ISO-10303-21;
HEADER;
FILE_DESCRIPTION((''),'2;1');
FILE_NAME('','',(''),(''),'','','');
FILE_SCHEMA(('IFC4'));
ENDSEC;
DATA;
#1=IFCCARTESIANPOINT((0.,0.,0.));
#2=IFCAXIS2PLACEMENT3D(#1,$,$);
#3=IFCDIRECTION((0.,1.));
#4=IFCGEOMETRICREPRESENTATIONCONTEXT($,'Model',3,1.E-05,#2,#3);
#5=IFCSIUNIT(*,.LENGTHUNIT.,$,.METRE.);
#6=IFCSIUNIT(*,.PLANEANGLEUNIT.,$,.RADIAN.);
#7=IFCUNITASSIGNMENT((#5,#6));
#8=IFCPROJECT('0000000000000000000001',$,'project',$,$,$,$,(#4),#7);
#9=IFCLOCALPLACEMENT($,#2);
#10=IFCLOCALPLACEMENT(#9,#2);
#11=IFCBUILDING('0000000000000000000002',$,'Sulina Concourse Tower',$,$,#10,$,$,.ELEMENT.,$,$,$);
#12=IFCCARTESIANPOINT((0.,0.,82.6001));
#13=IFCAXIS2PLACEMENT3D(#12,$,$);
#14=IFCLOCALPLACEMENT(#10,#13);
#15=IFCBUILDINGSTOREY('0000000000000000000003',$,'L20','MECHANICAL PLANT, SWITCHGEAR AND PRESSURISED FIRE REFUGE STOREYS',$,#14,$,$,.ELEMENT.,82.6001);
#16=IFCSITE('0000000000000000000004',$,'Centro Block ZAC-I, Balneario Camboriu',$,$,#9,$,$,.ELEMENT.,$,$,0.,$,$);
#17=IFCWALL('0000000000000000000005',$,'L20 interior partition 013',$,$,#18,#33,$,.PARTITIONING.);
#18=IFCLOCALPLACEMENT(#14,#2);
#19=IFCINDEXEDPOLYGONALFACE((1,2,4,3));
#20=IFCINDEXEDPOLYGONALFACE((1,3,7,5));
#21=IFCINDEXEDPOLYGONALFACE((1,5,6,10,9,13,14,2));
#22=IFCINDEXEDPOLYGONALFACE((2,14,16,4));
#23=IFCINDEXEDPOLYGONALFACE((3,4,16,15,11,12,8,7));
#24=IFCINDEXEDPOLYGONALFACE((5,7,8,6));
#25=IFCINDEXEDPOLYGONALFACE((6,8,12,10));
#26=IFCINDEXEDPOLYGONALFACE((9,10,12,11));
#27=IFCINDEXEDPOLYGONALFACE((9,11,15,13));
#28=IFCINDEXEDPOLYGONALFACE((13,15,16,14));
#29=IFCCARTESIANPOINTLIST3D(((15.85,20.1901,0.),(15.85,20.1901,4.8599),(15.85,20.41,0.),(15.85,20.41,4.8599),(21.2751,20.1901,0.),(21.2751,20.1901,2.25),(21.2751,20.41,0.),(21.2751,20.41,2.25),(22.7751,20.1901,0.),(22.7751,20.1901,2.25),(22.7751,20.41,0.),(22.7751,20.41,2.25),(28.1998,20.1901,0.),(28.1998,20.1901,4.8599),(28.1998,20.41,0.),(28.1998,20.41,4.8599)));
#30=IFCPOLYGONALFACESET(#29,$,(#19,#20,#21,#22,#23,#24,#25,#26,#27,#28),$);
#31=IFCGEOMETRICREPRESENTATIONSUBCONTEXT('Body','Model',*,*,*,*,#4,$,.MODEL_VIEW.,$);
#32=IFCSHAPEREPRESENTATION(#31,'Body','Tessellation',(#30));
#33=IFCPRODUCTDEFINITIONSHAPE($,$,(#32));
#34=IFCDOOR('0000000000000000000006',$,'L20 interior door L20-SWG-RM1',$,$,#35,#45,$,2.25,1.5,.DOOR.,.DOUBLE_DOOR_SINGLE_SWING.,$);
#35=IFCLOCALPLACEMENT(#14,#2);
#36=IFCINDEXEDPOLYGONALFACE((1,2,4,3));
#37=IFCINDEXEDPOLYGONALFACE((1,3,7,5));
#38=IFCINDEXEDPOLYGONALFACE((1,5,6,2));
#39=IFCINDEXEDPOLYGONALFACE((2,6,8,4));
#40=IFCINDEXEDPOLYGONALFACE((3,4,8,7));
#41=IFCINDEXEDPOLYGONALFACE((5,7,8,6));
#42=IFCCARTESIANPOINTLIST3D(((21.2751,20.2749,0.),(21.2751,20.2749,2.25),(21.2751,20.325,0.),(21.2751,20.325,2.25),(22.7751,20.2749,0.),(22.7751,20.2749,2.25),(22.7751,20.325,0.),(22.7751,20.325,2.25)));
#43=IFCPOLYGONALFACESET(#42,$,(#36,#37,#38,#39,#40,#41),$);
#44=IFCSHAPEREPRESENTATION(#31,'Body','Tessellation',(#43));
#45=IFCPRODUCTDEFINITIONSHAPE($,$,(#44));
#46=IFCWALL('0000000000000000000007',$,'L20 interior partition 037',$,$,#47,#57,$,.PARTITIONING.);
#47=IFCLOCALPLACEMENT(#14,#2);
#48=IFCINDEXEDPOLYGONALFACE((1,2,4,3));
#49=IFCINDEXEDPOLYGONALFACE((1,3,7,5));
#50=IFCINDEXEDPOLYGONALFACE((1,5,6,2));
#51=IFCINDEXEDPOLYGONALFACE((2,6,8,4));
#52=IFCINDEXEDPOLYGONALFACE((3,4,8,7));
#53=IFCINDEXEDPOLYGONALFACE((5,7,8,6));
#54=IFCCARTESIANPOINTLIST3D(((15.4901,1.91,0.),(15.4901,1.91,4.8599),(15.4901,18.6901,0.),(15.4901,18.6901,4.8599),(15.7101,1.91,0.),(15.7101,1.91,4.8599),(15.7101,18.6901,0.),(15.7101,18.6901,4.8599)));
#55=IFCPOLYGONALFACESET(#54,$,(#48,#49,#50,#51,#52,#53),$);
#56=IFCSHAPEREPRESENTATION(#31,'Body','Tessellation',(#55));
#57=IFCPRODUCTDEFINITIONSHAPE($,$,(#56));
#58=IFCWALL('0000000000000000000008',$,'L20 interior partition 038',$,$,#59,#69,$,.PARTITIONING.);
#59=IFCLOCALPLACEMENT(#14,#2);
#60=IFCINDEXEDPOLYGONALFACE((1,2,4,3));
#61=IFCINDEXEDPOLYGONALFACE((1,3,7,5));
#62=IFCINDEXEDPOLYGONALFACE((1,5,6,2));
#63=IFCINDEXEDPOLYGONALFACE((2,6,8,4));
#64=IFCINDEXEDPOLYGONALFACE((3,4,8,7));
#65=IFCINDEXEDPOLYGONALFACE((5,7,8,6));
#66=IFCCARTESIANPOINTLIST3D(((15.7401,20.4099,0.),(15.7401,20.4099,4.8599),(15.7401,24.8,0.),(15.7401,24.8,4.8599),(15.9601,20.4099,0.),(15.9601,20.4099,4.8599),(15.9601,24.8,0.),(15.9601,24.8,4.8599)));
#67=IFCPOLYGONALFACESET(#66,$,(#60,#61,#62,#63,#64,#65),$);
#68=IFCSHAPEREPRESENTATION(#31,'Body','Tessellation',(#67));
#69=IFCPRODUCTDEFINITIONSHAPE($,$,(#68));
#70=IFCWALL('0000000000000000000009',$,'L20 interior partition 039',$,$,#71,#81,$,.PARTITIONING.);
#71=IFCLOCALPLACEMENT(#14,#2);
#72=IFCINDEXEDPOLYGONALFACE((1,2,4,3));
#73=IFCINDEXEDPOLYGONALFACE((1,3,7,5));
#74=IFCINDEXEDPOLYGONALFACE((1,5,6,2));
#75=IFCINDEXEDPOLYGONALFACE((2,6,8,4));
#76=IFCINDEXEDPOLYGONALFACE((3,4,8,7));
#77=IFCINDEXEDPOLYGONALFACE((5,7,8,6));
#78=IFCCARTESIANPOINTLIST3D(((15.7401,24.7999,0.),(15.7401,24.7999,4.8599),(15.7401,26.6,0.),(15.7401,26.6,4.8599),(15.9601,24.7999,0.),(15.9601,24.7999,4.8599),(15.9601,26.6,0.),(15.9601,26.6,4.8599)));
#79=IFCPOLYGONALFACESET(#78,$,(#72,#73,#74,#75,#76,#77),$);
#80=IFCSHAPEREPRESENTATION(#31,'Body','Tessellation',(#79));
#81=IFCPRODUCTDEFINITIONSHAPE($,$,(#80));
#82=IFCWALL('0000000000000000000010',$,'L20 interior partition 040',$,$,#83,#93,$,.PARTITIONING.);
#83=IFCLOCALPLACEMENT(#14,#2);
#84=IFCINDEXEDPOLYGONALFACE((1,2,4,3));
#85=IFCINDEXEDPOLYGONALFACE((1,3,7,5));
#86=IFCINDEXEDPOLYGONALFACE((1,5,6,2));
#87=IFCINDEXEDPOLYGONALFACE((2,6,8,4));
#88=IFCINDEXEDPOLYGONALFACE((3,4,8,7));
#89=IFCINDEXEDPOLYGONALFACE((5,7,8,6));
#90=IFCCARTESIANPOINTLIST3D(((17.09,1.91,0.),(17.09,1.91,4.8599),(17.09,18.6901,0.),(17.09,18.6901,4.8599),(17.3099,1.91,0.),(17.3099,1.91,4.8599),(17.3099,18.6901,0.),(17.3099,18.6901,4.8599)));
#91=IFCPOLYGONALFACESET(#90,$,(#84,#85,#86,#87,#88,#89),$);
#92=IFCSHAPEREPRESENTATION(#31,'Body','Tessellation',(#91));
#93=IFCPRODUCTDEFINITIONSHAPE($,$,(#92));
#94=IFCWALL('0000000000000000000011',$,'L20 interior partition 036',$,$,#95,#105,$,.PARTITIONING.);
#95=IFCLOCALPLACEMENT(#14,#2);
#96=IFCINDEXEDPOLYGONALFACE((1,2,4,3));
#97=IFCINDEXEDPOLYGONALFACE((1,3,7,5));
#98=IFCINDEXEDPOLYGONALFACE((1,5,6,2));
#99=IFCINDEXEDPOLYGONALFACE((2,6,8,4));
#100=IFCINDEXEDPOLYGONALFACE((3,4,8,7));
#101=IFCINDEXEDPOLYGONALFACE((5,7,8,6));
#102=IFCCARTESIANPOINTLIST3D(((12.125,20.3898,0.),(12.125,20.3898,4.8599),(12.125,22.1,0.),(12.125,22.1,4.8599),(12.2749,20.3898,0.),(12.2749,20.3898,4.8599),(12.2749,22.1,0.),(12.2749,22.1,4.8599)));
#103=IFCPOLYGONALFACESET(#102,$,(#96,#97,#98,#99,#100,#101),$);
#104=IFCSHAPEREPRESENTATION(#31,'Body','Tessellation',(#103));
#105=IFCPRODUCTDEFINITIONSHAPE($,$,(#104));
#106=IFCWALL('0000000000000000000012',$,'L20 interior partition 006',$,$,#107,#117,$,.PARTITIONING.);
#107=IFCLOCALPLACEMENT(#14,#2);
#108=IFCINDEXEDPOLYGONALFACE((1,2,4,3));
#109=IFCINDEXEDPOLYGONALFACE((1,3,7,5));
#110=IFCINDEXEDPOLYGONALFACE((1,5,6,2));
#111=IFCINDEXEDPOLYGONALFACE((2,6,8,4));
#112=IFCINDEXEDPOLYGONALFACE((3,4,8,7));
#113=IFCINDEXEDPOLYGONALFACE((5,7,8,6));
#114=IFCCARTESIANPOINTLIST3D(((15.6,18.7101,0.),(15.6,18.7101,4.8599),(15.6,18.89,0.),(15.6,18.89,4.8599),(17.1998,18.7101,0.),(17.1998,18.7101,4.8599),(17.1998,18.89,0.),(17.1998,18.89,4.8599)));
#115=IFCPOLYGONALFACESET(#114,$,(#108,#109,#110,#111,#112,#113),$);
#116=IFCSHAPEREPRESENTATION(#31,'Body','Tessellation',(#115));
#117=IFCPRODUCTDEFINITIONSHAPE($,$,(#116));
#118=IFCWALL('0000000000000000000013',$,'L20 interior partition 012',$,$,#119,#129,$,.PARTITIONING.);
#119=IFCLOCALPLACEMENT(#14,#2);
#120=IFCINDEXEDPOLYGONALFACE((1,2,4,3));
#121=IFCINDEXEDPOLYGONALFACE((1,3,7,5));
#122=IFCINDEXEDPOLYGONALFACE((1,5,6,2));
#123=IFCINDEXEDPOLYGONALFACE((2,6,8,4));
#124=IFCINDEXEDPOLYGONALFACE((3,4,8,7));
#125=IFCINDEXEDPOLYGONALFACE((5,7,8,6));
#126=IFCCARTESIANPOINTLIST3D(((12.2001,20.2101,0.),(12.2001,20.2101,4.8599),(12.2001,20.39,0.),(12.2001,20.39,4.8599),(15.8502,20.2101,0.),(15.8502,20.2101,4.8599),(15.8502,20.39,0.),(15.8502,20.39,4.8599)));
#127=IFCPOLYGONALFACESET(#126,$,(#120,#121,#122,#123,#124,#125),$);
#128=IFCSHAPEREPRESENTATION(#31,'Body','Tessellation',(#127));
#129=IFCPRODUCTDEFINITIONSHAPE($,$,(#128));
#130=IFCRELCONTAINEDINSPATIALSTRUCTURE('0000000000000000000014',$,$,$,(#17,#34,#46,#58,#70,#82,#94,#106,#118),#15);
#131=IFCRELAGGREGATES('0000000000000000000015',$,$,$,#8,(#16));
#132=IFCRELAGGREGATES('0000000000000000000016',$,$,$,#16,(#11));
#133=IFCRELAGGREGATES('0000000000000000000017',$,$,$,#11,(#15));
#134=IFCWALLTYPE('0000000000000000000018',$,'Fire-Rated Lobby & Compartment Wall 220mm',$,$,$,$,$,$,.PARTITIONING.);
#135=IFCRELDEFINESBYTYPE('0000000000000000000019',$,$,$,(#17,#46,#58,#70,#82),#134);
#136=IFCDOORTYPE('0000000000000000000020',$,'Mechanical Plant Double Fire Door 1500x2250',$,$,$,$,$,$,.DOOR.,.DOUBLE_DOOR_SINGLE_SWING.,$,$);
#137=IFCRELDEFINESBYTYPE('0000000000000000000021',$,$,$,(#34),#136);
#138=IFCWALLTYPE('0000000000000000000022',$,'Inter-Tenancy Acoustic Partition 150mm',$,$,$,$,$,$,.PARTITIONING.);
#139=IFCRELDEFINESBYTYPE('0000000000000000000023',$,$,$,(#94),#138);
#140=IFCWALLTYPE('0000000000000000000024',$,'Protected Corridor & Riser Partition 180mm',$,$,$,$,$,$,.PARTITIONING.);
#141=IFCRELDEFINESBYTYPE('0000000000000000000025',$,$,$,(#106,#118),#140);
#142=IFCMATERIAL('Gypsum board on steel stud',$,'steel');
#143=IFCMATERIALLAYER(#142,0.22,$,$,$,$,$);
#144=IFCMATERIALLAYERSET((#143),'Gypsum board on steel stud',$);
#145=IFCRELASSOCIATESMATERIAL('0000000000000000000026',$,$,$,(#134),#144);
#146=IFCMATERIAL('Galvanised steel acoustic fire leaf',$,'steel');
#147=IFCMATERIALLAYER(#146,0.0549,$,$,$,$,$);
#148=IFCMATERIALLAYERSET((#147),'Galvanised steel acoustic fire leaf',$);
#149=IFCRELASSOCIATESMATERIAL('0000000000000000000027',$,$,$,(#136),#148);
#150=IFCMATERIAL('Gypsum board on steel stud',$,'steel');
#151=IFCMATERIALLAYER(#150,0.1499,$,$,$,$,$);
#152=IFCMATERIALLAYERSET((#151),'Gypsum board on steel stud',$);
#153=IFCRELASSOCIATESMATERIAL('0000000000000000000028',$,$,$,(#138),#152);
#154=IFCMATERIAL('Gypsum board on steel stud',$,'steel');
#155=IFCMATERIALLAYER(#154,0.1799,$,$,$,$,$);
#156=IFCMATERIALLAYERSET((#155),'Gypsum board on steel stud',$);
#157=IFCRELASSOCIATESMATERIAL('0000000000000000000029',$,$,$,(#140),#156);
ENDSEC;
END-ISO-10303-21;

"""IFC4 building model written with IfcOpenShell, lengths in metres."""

from ifc_helpers import new_model, si_unit, direction, frame, frame_2d, origin, place, context, subcontext, project, spatial, rectangle, extrude, material, layer, layer_set, type_object, element, fill, save


model = new_model("IFC4")

# Units and contexts
model_context = context("Model", 3, precision=1e-05, world=origin(), true_north=direction((0.0, 1.0)))
body_context = subcontext(model_context, "Body", "Model", "MODEL_VIEW")
ifc_project = project(units=[si_unit("LENGTHUNIT", "METRE"), si_unit("PLANEANGLEUNIT", "RADIAN")], contexts=[model_context])

# Site, building, storey
site_placement = place(None, origin())
site = spatial("IfcSite", under=ifc_project, at=site_placement, Name="Centro Block ZAC-I, Balneario Camboriu", CompositionType="ELEMENT", RefElevation=0.0)
building_placement = place(site_placement, origin())
building = spatial("IfcBuilding", under=site, at=building_placement, Name="Sulina Concourse Tower", CompositionType="ELEMENT")
storey_placement = place(building_placement, frame((0.0, 0.0, 82.6001)))
storey = spatial("IfcBuildingStorey", under=building, at=storey_placement, Name="L20", Description="MECHANICAL PLANT, SWITCHGEAR AND PRESSURISED FIRE REFUGE STOREYS", CompositionType="ELEMENT", Elevation=82.6001)

# Shared definitions
ifc_material_1 = material(Name="Gypsum board on steel stud", Category="steel")
ifc_layer_1 = layer(ifc_material_1, 0.22)
ifc_layer_set_1 = layer_set([ifc_layer_1], Name="Gypsum board on steel stud")
wall_type_1 = type_object("IfcWallType", Name="Fire-Rated Lobby & Compartment Wall 220mm", PredefinedType="PARTITIONING", material=ifc_layer_set_1)

# Wall, opening, door
ifc_material_2 = material(Name="Galvanised steel acoustic fire leaf", Category="steel")
ifc_layer_2 = layer(ifc_material_2, 0.0549)
ifc_layer_set_2 = layer_set([ifc_layer_2], Name="Galvanised steel acoustic fire leaf")
door_type_1 = type_object("IfcDoorType", Name="Mechanical Plant Double Fire Door 1500x2250", OperationType="DOUBLE_DOOR_SINGLE_SWING", PredefinedType="DOOR", material=ifc_layer_set_2)
wall_1_placement = place(storey_placement, frame((15.8501, 20.3, 0.0), z_axis=(0.0, 0.0, 1.0), x_axis=(1.0, 0.0, 0.0)))
wall_1 = element("IfcWall", 1, at=wall_1_placement, inside=storey, type_object=wall_type_1, Name="L20 interior partition 013", PredefinedType="PARTITIONING", context=body_context, shape_type="SweptSolid", body=[
    extrude(rectangle(XDim=12.3499, YDim=0.22, at=frame_2d((6.1748, 0.0))), origin(), (0.0, 0.0, 1.0), 4.8599),
])
opening_1_placement = place(wall_1_placement, frame((5.425, 0.0, 0.0)))
opening_1 = element("IfcOpeningElement", 2, at=opening_1_placement, cuts=wall_1, PredefinedType="OPENING", context=body_context, shape_type="SweptSolid", body=[
    extrude(rectangle(XDim=1.5, YDim=2.25, at=frame_2d((0.75, 1.125))), frame((0.0, 0.1199, 0.0), z_axis=(0.0, -1.0, 0.0), x_axis=(1.0, 0.0, 0.0)), (0.0, 0.0, 1.0), 0.24),
])
door_1_placement = place(opening_1_placement, origin())
door_1 = element("IfcDoor", 3, at=door_1_placement, inside=storey, type_object=door_type_1, Name="L20 interior door L20-SWG-RM1", OperationType="DOUBLE_DOOR_SINGLE_SWING", OverallHeight=2.25, OverallWidth=1.5, PredefinedType="DOOR", context=body_context, shape_type="SweptSolid", body=[
    extrude(rectangle(XDim=1.5, YDim=2.25, at=frame_2d((0.75, 1.125))), frame((0.0, 0.0249, 0.0), z_axis=(0.0, -1.0, 0.0), x_axis=(1.0, 0.0, 0.0)), (0.0, 0.0, 1.0), 0.05),
])
fill(opening_1, door_1)

# Walls
wall_2_placement = place(storey_placement, frame((15.6001, 1.9099, 0.0), z_axis=(0.0, 0.0, 1.0), x_axis=(0.0, 1.0, 0.0)))
element("IfcWall", 4, at=wall_2_placement, inside=storey, type_object=wall_type_1, Name="L20 interior partition 037", PredefinedType="PARTITIONING", context=body_context, shape_type="SweptSolid", body=[
    extrude(rectangle(XDim=16.78, YDim=0.22, at=frame_2d((8.3901, 0.0))), origin(), (0.0, 0.0, 1.0), 4.8599),
])
wall_3_placement = place(storey_placement, frame((15.8501, 20.4099, 0.0), z_axis=(0.0, 0.0, 1.0), x_axis=(0.0, 1.0, 0.0)))
element("IfcWall", 5, at=wall_3_placement, inside=storey, type_object=wall_type_1, Name="L20 interior partition 038", PredefinedType="PARTITIONING", context=body_context, shape_type="SweptSolid", body=[
    extrude(rectangle(XDim=4.3901, YDim=0.22, at=frame_2d((2.1951, 0.0))), origin(), (0.0, 0.0, 1.0), 4.8599),
])
wall_4_placement = place(storey_placement, frame((15.8501, 24.8, 0.0), z_axis=(0.0, 0.0, 1.0), x_axis=(0.0, 1.0, 0.0)))
element("IfcWall", 6, at=wall_4_placement, inside=storey, type_object=wall_type_1, Name="L20 interior partition 039", PredefinedType="PARTITIONING", context=body_context, shape_type="SweptSolid", body=[
    extrude(rectangle(XDim=1.8, YDim=0.22, at=frame_2d((0.8999, 0.0))), origin(), (0.0, 0.0, 1.0), 4.8599),
])
wall_5_placement = place(storey_placement, frame((17.2, 1.9099, 0.0), z_axis=(0.0, 0.0, 1.0), x_axis=(0.0, 1.0, 0.0)))
element("IfcWall", 7, at=wall_5_placement, inside=storey, type_object=wall_type_1, Name="L20 interior partition 040", PredefinedType="PARTITIONING", context=body_context, shape_type="SweptSolid", body=[
    extrude(rectangle(XDim=16.78, YDim=0.22, at=frame_2d((8.3901, 0.0))), origin(), (0.0, 0.0, 1.0), 4.8599),
])
ifc_material_3 = material(Name="Gypsum board on steel stud", Category="steel")
ifc_layer_3 = layer(ifc_material_3, 0.1499)
ifc_layer_set_3 = layer_set([ifc_layer_3], Name="Gypsum board on steel stud")
wall_type_2 = type_object("IfcWallType", Name="Inter-Tenancy Acoustic Partition 150mm", PredefinedType="PARTITIONING", material=ifc_layer_set_3)
wall_6_placement = place(storey_placement, frame((12.2, 20.3899, 0.0), z_axis=(0.0, 0.0, 1.0), x_axis=(0.0, 1.0, 0.0)))
element("IfcWall", 8, at=wall_6_placement, inside=storey, type_object=wall_type_2, Name="L20 interior partition 036", PredefinedType="PARTITIONING", context=body_context, shape_type="SweptSolid", body=[
    extrude(rectangle(XDim=1.7102, YDim=0.1499, at=frame_2d((0.855, 0.0))), origin(), (0.0, 0.0, 1.0), 4.8599),
])
ifc_material_4 = material(Name="Gypsum board on steel stud", Category="steel")
ifc_layer_4 = layer(ifc_material_4, 0.1799)
ifc_layer_set_4 = layer_set([ifc_layer_4], Name="Gypsum board on steel stud")
wall_type_3 = type_object("IfcWallType", Name="Protected Corridor & Riser Partition 180mm", PredefinedType="PARTITIONING", material=ifc_layer_set_4)
wall_7_placement = place(storey_placement, frame((15.6001, 18.8, 0.0), z_axis=(0.0, 0.0, 1.0), x_axis=(1.0, 0.0, 0.0)))
element("IfcWall", 9, at=wall_7_placement, inside=storey, type_object=wall_type_3, Name="L20 interior partition 006", PredefinedType="PARTITIONING", context=body_context, shape_type="SweptSolid", body=[
    extrude(rectangle(XDim=1.5999, YDim=0.1799, at=frame_2d((0.7998, 0.0))), origin(), (0.0, 0.0, 1.0), 4.8599),
])
wall_8_placement = place(storey_placement, frame((12.2, 20.3, 0.0), z_axis=(0.0, 0.0, 1.0), x_axis=(1.0, 0.0, 0.0)))
element("IfcWall", 10, at=wall_8_placement, inside=storey, type_object=wall_type_3, Name="L20 interior partition 012", PredefinedType="PARTITIONING", context=body_context, shape_type="SweptSolid", body=[
    extrude(rectangle(XDim=3.6501, YDim=0.1799, at=frame_2d((1.8252, 0.0))), origin(), (0.0, 0.0, 1.0), 4.8599),
])

save(model, "model.ifc")
